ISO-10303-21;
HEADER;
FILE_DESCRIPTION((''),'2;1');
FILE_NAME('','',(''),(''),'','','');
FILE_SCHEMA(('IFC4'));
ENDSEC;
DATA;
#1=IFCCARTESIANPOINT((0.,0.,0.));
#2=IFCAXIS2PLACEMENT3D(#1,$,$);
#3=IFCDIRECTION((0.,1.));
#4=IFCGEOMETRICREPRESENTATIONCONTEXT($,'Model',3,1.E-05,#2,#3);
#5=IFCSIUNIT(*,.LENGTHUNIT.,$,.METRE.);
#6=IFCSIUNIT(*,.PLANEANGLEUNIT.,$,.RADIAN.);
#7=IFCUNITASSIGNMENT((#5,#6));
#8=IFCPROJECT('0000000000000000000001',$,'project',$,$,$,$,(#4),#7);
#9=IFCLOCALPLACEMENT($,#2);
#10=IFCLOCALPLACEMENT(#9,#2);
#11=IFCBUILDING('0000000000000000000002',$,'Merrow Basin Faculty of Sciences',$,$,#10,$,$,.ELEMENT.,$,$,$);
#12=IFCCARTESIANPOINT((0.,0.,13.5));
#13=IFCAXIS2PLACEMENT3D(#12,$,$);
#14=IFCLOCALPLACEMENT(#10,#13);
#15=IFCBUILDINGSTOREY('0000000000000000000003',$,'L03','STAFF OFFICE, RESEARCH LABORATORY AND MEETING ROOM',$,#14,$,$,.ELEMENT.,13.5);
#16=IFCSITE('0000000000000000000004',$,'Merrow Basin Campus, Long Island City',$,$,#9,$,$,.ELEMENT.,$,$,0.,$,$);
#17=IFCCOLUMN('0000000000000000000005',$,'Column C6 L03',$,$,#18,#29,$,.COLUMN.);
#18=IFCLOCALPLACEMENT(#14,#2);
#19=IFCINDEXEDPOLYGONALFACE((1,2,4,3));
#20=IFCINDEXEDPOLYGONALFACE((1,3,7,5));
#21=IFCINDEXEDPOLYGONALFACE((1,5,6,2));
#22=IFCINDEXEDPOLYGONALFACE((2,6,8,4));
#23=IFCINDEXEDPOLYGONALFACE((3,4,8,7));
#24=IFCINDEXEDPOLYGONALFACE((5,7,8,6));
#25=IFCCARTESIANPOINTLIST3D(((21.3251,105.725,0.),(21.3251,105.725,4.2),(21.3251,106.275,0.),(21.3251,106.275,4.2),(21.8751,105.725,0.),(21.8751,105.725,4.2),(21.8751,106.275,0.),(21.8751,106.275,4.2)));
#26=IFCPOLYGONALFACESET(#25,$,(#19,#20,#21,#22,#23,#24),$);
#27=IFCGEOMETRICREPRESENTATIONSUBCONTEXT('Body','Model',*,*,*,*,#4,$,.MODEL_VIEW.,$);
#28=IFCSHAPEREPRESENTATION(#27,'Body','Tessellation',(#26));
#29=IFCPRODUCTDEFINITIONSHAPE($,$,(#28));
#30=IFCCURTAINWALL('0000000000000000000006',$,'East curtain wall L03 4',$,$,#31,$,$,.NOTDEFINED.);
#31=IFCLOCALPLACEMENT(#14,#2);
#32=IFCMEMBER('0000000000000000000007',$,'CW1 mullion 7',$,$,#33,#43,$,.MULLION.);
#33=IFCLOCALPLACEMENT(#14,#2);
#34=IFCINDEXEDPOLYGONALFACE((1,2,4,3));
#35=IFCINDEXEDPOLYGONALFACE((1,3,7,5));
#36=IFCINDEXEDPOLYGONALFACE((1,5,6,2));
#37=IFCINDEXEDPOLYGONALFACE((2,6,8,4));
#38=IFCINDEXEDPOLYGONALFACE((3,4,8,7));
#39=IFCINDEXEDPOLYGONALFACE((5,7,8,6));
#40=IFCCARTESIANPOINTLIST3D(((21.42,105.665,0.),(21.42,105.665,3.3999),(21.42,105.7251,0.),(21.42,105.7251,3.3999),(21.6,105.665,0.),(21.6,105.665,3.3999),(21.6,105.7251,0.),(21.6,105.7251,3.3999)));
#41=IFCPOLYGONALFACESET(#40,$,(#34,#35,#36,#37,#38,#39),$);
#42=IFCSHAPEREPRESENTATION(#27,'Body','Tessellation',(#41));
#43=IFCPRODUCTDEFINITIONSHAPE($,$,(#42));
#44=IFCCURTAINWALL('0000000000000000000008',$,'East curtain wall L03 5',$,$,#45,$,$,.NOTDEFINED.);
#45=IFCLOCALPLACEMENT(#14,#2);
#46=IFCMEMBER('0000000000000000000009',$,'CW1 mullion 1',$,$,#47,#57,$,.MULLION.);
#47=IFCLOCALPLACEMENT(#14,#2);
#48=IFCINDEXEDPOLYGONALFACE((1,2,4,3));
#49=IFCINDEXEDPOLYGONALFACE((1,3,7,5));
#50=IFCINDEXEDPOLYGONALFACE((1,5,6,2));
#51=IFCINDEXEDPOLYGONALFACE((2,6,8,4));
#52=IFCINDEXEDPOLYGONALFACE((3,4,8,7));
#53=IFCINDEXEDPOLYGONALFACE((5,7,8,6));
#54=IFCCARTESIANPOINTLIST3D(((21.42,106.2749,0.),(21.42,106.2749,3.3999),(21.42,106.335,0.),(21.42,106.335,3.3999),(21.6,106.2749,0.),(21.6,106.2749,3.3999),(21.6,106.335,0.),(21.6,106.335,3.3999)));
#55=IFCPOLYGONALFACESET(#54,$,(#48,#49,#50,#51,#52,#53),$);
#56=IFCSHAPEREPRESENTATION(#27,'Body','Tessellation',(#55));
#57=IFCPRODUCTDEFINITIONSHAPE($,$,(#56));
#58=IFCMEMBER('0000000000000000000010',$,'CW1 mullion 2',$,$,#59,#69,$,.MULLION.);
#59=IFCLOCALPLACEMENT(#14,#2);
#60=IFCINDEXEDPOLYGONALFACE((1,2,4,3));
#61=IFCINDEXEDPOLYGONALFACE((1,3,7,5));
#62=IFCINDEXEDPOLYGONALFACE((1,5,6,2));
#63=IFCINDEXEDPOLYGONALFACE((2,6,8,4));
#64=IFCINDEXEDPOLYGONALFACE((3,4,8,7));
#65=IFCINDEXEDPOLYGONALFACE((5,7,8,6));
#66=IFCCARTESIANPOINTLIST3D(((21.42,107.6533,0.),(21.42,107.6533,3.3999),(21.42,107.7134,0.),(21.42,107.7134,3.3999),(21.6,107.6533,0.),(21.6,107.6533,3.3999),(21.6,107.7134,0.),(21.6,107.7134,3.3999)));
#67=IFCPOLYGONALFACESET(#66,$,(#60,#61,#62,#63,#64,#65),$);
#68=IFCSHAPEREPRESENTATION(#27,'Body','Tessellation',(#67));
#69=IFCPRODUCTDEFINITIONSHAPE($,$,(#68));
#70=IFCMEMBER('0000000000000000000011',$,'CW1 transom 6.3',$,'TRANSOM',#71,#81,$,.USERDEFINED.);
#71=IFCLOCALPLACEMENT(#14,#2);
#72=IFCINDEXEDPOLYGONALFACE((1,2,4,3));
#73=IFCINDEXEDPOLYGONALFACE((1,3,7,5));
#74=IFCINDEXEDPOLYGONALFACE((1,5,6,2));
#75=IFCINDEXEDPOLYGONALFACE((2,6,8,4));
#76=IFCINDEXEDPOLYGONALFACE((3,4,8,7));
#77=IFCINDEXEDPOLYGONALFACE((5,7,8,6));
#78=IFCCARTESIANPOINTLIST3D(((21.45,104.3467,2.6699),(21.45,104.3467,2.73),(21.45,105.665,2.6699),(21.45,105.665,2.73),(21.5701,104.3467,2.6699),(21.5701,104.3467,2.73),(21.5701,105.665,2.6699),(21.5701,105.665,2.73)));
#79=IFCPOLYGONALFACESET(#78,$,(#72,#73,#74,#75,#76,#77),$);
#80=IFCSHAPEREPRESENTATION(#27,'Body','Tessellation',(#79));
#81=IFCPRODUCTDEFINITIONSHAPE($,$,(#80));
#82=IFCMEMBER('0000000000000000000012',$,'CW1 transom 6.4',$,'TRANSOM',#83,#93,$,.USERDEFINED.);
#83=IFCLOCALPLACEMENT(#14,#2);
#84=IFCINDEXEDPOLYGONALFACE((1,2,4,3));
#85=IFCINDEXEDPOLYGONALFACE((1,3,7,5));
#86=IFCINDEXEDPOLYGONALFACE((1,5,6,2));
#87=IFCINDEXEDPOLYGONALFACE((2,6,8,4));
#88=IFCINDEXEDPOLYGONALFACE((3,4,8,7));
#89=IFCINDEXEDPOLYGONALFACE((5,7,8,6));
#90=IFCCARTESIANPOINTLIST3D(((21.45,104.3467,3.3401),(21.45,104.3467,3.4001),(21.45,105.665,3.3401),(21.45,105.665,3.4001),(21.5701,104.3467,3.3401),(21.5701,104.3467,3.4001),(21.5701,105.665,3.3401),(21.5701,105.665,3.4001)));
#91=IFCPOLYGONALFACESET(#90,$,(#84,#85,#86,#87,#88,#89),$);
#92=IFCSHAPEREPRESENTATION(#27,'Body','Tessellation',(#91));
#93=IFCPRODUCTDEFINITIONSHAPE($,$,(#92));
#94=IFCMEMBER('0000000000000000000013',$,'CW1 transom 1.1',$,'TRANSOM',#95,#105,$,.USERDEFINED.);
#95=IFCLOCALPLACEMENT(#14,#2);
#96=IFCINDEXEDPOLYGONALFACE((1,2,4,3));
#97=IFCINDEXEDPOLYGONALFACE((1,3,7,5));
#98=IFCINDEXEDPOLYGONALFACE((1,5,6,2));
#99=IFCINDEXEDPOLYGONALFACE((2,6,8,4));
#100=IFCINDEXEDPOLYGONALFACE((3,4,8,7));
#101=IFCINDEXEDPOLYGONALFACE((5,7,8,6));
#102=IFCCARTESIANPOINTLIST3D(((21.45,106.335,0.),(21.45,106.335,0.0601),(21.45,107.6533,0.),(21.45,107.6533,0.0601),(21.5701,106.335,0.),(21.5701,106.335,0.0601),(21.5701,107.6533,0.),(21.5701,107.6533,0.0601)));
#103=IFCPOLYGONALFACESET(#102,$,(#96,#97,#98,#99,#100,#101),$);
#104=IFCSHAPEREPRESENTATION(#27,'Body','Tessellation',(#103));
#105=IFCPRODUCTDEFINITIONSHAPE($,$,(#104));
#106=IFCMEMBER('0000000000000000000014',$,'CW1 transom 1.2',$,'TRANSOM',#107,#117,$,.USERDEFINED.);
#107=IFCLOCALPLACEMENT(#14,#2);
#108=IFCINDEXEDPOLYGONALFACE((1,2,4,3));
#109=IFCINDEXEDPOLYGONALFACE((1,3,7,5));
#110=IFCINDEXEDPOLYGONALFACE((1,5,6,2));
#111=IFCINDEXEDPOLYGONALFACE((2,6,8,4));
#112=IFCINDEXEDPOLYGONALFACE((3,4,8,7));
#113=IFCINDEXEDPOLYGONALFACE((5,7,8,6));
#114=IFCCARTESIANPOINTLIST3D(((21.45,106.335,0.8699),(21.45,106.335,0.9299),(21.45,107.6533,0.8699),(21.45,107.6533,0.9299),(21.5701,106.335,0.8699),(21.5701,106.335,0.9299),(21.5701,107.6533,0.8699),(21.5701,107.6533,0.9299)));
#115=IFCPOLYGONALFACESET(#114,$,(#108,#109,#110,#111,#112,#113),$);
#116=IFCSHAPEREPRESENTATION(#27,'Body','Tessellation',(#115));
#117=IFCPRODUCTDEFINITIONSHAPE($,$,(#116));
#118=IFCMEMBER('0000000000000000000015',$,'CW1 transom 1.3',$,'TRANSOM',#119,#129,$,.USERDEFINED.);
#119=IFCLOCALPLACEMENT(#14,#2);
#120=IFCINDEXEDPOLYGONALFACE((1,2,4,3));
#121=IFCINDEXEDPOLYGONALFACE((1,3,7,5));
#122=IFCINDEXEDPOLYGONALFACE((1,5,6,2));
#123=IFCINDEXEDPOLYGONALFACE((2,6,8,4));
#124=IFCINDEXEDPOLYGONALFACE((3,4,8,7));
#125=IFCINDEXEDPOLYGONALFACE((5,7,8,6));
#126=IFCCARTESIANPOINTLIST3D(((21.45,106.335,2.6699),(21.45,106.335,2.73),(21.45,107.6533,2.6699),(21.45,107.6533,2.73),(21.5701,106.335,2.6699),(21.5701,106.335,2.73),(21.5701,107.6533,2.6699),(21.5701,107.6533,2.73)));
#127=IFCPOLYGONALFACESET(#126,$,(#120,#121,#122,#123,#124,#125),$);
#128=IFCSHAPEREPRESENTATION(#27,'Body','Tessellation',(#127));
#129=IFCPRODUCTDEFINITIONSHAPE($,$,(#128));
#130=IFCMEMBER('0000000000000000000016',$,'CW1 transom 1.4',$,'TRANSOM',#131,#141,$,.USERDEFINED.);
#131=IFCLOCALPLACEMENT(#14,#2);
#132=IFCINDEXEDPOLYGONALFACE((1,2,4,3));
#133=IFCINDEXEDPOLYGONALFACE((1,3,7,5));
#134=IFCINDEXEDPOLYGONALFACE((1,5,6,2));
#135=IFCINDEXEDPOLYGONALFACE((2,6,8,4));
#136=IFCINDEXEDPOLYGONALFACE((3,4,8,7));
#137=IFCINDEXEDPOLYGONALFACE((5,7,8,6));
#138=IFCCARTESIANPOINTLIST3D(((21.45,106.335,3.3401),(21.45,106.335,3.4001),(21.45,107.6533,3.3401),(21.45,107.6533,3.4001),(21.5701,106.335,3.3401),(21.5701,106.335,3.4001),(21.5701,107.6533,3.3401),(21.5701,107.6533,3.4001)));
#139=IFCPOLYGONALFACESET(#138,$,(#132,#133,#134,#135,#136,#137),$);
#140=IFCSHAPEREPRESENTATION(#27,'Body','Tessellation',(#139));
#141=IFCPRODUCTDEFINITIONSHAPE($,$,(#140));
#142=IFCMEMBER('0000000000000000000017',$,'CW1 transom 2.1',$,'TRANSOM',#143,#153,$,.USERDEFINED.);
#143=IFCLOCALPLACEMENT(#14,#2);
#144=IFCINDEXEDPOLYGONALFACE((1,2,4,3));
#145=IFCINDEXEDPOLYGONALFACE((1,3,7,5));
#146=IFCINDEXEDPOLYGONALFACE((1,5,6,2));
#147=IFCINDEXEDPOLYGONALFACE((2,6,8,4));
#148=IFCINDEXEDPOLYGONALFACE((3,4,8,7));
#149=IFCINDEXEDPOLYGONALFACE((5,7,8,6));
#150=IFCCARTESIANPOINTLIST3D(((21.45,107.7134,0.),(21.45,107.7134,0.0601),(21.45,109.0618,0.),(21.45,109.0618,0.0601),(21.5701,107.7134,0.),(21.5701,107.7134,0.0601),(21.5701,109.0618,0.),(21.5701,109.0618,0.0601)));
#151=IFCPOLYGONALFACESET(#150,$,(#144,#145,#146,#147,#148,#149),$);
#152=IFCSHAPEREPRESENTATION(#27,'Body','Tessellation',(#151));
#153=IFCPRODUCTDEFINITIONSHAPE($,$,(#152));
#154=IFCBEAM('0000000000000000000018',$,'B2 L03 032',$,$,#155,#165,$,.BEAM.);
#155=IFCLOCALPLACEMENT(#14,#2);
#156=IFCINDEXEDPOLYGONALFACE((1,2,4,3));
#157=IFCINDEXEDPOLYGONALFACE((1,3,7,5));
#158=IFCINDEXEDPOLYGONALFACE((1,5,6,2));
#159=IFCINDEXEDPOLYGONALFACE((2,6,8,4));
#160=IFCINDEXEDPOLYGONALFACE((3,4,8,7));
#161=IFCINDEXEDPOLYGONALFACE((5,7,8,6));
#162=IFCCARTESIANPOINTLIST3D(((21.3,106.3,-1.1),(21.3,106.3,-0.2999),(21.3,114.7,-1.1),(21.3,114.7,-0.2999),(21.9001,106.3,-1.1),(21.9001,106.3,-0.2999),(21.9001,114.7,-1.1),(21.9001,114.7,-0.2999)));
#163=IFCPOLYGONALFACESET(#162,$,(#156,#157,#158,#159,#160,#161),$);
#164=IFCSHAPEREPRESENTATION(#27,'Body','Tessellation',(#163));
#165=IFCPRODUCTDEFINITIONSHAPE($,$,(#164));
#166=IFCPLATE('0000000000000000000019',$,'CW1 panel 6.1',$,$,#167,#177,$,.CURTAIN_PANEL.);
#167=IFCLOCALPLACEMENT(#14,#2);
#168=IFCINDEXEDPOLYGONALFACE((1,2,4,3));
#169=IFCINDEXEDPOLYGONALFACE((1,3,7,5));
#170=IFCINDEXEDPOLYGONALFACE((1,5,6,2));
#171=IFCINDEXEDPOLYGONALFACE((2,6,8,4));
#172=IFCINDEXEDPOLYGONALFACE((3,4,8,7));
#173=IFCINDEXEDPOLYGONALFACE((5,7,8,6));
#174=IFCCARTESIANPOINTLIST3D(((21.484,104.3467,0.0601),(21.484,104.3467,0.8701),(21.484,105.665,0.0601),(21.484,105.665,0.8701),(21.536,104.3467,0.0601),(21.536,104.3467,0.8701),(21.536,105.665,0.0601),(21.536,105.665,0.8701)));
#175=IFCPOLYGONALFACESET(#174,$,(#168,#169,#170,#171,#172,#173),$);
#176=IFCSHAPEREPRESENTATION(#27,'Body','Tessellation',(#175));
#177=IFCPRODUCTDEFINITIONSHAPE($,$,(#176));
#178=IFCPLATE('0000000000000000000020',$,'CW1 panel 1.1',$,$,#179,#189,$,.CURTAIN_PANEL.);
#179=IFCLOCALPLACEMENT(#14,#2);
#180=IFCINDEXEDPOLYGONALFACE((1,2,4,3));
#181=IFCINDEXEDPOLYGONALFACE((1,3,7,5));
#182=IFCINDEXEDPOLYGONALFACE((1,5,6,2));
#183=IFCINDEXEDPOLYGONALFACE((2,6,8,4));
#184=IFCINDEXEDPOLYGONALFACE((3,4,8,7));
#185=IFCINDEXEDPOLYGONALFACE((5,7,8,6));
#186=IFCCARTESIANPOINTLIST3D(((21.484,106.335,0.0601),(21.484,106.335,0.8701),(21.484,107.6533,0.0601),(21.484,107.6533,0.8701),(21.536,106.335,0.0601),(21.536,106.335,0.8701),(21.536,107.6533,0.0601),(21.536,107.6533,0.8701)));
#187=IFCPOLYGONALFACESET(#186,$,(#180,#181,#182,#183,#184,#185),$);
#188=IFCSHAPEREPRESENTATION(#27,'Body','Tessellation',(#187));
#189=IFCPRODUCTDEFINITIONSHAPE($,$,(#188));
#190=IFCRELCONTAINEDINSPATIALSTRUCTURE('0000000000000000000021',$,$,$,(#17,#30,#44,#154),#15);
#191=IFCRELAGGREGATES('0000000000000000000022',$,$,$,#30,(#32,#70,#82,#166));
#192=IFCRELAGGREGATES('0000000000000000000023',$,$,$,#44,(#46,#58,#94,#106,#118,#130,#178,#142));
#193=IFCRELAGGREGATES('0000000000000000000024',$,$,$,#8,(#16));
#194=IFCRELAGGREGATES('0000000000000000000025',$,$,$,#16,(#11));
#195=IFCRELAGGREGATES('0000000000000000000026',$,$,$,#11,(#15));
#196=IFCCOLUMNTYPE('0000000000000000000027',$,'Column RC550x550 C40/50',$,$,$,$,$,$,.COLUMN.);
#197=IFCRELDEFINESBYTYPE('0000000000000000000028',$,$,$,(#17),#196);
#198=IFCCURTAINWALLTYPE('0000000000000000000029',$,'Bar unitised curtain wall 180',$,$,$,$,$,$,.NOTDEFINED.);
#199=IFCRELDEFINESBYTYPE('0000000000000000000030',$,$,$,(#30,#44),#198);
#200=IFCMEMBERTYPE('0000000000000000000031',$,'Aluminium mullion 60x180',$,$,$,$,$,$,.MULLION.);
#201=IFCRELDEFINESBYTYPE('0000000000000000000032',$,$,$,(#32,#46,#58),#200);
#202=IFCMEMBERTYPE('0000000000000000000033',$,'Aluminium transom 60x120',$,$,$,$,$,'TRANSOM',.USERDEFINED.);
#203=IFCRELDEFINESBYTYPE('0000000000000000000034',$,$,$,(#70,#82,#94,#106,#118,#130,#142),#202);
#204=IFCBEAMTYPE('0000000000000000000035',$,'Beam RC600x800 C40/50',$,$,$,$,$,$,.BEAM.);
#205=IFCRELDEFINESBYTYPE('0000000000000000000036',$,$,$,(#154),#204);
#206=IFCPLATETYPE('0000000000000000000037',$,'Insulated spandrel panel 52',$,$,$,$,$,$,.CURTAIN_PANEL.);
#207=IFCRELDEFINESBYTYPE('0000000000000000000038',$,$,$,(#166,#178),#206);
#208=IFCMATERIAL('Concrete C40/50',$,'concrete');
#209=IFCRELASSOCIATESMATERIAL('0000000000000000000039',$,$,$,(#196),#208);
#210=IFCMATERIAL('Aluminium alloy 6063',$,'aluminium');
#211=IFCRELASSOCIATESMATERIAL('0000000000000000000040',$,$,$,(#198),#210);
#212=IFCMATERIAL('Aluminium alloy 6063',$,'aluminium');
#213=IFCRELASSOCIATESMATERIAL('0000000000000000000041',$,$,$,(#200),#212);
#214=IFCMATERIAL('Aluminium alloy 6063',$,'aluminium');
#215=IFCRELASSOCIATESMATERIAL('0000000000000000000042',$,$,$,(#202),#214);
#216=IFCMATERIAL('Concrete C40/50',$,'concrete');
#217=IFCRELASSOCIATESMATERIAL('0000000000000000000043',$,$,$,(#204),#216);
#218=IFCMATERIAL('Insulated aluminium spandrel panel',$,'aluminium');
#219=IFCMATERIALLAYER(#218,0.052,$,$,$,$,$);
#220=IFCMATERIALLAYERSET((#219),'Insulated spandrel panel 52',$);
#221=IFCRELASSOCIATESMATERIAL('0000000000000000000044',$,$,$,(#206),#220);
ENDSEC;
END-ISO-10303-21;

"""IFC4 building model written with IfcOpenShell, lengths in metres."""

from ifc_helpers import new_model, si_unit, direction, frame, origin, origin_2d, place, context, subcontext, project, spatial, rectangle, extrude, material, layer, layer_set, material_profile, profile_set, type_object, element, aggregate, save


model = new_model("IFC4")

# Units and contexts
model_context = context("Model", 3, precision=1e-05, world=origin(), true_north=direction((0.0, 1.0)))
body_context = subcontext(model_context, "Body", "Model", "MODEL_VIEW")
ifc_project = project(units=[si_unit("LENGTHUNIT", "METRE"), si_unit("PLANEANGLEUNIT", "RADIAN")], contexts=[model_context])

# Site, building, storey
site_placement = place(None, origin())
site = spatial("IfcSite", under=ifc_project, at=site_placement, Name="Merrow Basin Campus, Long Island City", CompositionType="ELEMENT", RefElevation=0.0)
building_placement = place(site_placement, origin())
building = spatial("IfcBuilding", under=site, at=building_placement, Name="Merrow Basin Faculty of Sciences", CompositionType="ELEMENT")
storey_placement = place(building_placement, frame((0.0, 0.0, 13.5)))
storey = spatial("IfcBuildingStorey", under=building, at=storey_placement, Name="L03", Description="STAFF OFFICE, RESEARCH LABORATORY AND MEETING ROOM", CompositionType="ELEMENT", Elevation=13.5)

# Column
ifc_material_1 = material(Name="Concrete C40/50", Category="concrete")
ifc_material_profile_1 = material_profile(ifc_material_1, rectangle(XDim=0.55, YDim=0.55, at=origin_2d()))
ifc_profile_set_1 = profile_set([ifc_material_profile_1], Name="Concrete C40/50")
column_type = type_object("IfcColumnType", Name="Column RC550x550 C40/50", PredefinedType="COLUMN", material=ifc_profile_set_1)
column_placement = place(storey_placement, frame((21.6001, 106.0, 0.0), z_axis=(0.0, 0.0, 1.0), x_axis=(1.0, 0.0, 0.0)))
element("IfcColumn", 1, at=column_placement, inside=storey, type_object=column_type, Name="Column C6 L03", PredefinedType="COLUMN", context=body_context, shape_type="SweptSolid", body=[
    extrude(rectangle(XDim=0.55, YDim=0.55, at=origin_2d()), origin(), (0.0, 0.0, 1.0), 4.2),
])

# Curtain wall, member
ifc_material_2 = material(Name="Aluminium alloy 6063", Category="aluminium")
curtain_wall_type = type_object("IfcCurtainWallType", Name="Bar unitised curtain wall 180", PredefinedType="NOTDEFINED", material=ifc_material_2)
curtain_wall_1_placement = place(storey_placement, origin())
curtain_wall_1 = element("IfcCurtainWall", 2, at=curtain_wall_1_placement, inside=storey, type_object=curtain_wall_type, Name="East curtain wall L03 4", PredefinedType="NOTDEFINED")
ifc_material_3 = material(Name="Aluminium alloy 6063", Category="aluminium")
ifc_material_profile_2 = material_profile(ifc_material_3, rectangle(XDim=0.1799, YDim=0.0601, at=origin_2d()))
ifc_profile_set_2 = profile_set([ifc_material_profile_2], Name="Aluminium alloy 6063")
member_type_1 = type_object("IfcMemberType", Name="Aluminium mullion 60x180", PredefinedType="MULLION", material=ifc_profile_set_2)
member_1_placement = place(storey_placement, frame((21.51, 105.6951, 0.0), z_axis=(0.0, 0.0, 1.0), x_axis=(-1.0, 0.0, 0.0)))
member_1 = element("IfcMember", 3, at=member_1_placement, type_object=member_type_1, Name="CW1 mullion 7", PredefinedType="MULLION", context=body_context, shape_type="SweptSolid", body=[
    extrude(rectangle(XDim=0.1799, YDim=0.0601, at=origin_2d()), origin(), (0.0, 0.0, 1.0), 3.3999),
])

# Curtain wall, members
curtain_wall_2_placement = place(storey_placement, origin())
curtain_wall_2 = element("IfcCurtainWall", 4, at=curtain_wall_2_placement, inside=storey, type_object=curtain_wall_type, Name="East curtain wall L03 5", PredefinedType="NOTDEFINED")
member_2_placement = place(storey_placement, frame((21.51, 106.3049, 0.0), z_axis=(0.0, 0.0, 1.0), x_axis=(-1.0, 0.0, 0.0)))
member_2 = element("IfcMember", 5, at=member_2_placement, type_object=member_type_1, Name="CW1 mullion 1", PredefinedType="MULLION", context=body_context, shape_type="SweptSolid", body=[
    extrude(rectangle(XDim=0.1799, YDim=0.0601, at=origin_2d()), origin(), (0.0, 0.0, 1.0), 3.3999),
])
member_3_placement = place(storey_placement, frame((21.51, 107.6833, 0.0), z_axis=(0.0, 0.0, 1.0), x_axis=(-1.0, 0.0, 0.0)))
member_3 = element("IfcMember", 6, at=member_3_placement, type_object=member_type_1, Name="CW1 mullion 2", PredefinedType="MULLION", context=body_context, shape_type="SweptSolid", body=[
    extrude(rectangle(XDim=0.1799, YDim=0.0601, at=origin_2d()), origin(), (0.0, 0.0, 1.0), 3.3999),
])

# Members
ifc_material_4 = material(Name="Aluminium alloy 6063", Category="aluminium")
ifc_material_profile_3 = material_profile(ifc_material_4, rectangle(XDim=0.1201, YDim=0.0601, at=origin_2d()))
ifc_profile_set_3 = profile_set([ifc_material_profile_3], Name="Aluminium alloy 6063")
member_type_2 = type_object("IfcMemberType", Name="Aluminium transom 60x120", ElementType="TRANSOM", PredefinedType="USERDEFINED", material=ifc_profile_set_3)
member_4_placement = place(storey_placement, frame((21.51, 104.3467, 2.7), z_axis=(0.0, 1.0, 0.0), x_axis=(-1.0, 0.0, 0.0)))
member_4 = element("IfcMember", 7, at=member_4_placement, type_object=member_type_2, Name="CW1 transom 6.3", ObjectType="TRANSOM", PredefinedType="USERDEFINED", context=body_context, shape_type="SweptSolid", body=[
    extrude(rectangle(XDim=0.1201, YDim=0.0601, at=origin_2d()), origin(), (0.0, 0.0, 1.0), 1.3184),
])
member_5_placement = place(storey_placement, frame((21.51, 104.3467, 3.3701), z_axis=(0.0, 1.0, 0.0), x_axis=(-1.0, 0.0, 0.0)))
member_5 = element("IfcMember", 8, at=member_5_placement, type_object=member_type_2, Name="CW1 transom 6.4", ObjectType="TRANSOM", PredefinedType="USERDEFINED", context=body_context, shape_type="SweptSolid", body=[
    extrude(rectangle(XDim=0.1201, YDim=0.0601, at=origin_2d()), origin(), (0.0, 0.0, 1.0), 1.3184),
])
member_6_placement = place(storey_placement, frame((21.51, 106.335, 0.03), z_axis=(0.0, 1.0, 0.0), x_axis=(-1.0, 0.0, 0.0)))
member_6 = element("IfcMember", 9, at=member_6_placement, type_object=member_type_2, Name="CW1 transom 1.1", ObjectType="TRANSOM", PredefinedType="USERDEFINED", context=body_context, shape_type="SweptSolid", body=[
    extrude(rectangle(XDim=0.1201, YDim=0.0601, at=origin_2d()), origin(), (0.0, 0.0, 1.0), 1.3184),
])
member_7_placement = place(storey_placement, frame((21.51, 106.335, 0.8999), z_axis=(0.0, 1.0, 0.0), x_axis=(-1.0, 0.0, 0.0)))
member_7 = element("IfcMember", 10, at=member_7_placement, type_object=member_type_2, Name="CW1 transom 1.2", ObjectType="TRANSOM", PredefinedType="USERDEFINED", context=body_context, shape_type="SweptSolid", body=[
    extrude(rectangle(XDim=0.1201, YDim=0.0601, at=origin_2d()), origin(), (0.0, 0.0, 1.0), 1.3184),
])
member_8_placement = place(storey_placement, frame((21.51, 106.335, 2.7), z_axis=(0.0, 1.0, 0.0), x_axis=(-1.0, 0.0, 0.0)))
member_8 = element("IfcMember", 11, at=member_8_placement, type_object=member_type_2, Name="CW1 transom 1.3", ObjectType="TRANSOM", PredefinedType="USERDEFINED", context=body_context, shape_type="SweptSolid", body=[
    extrude(rectangle(XDim=0.1201, YDim=0.0601, at=origin_2d()), origin(), (0.0, 0.0, 1.0), 1.3184),
])
member_9_placement = place(storey_placement, frame((21.51, 106.335, 3.3701), z_axis=(0.0, 1.0, 0.0), x_axis=(-1.0, 0.0, 0.0)))
member_9 = element("IfcMember", 12, at=member_9_placement, type_object=member_type_2, Name="CW1 transom 1.4", ObjectType="TRANSOM", PredefinedType="USERDEFINED", context=body_context, shape_type="SweptSolid", body=[
    extrude(rectangle(XDim=0.1201, YDim=0.0601, at=origin_2d()), origin(), (0.0, 0.0, 1.0), 1.3184),
])
member_10_placement = place(storey_placement, frame((21.51, 107.7134, 0.03), z_axis=(0.0, 1.0, 0.0), x_axis=(-1.0, 0.0, 0.0)))
member_10 = element("IfcMember", 13, at=member_10_placement, type_object=member_type_2, Name="CW1 transom 2.1", ObjectType="TRANSOM", PredefinedType="USERDEFINED", context=body_context, shape_type="SweptSolid", body=[
    extrude(rectangle(XDim=0.1201, YDim=0.0601, at=origin_2d()), origin(), (0.0, 0.0, 1.0), 1.3484),
])

# Beam
ifc_material_5 = material(Name="Concrete C40/50", Category="concrete")
ifc_material_profile_4 = material_profile(ifc_material_5, rectangle(XDim=0.6001, YDim=0.8, at=origin_2d()))
ifc_profile_set_4 = profile_set([ifc_material_profile_4], Name="Concrete C40/50")
beam_type = type_object("IfcBeamType", Name="Beam RC600x800 C40/50", PredefinedType="BEAM", material=ifc_profile_set_4)
beam_placement = place(storey_placement, frame((21.6001, 106.3, -0.7), z_axis=(0.0, 1.0, 0.0), x_axis=(-1.0, 0.0, 0.0)))
element("IfcBeam", 14, at=beam_placement, inside=storey, type_object=beam_type, Name="B2 L03 032", PredefinedType="BEAM", context=body_context, shape_type="SweptSolid", body=[
    extrude(rectangle(XDim=0.6001, YDim=0.8, at=origin_2d()), origin(), (0.0, 0.0, 1.0), 8.3999),
])

# Plates
ifc_material_6 = material(Name="Insulated aluminium spandrel panel", Category="aluminium")
ifc_layer_1 = layer(ifc_material_6, 0.052)
ifc_layer_set_1 = layer_set([ifc_layer_1], Name="Insulated spandrel panel 52")
plate_type_1 = type_object("IfcPlateType", Name="Insulated spandrel panel 52", PredefinedType="CURTAIN_PANEL", material=ifc_layer_set_1)
plate_1_placement = place(storey_placement, frame((21.51, 105.0059, 0.0601), z_axis=(0.0, 0.0, 1.0), x_axis=(0.0, 1.0, 0.0)))
plate_1 = element("IfcPlate", 15, at=plate_1_placement, type_object=plate_type_1, Name="CW1 panel 6.1", PredefinedType="CURTAIN_PANEL", context=body_context, shape_type="SweptSolid", body=[
    extrude(rectangle(XDim=1.3184, YDim=0.052, at=origin_2d()), origin(), (0.0, 0.0, 1.0), 0.8101),
])
plate_2_placement = place(storey_placement, frame((21.51, 106.9941, 0.0601), z_axis=(0.0, 0.0, 1.0), x_axis=(0.0, 1.0, 0.0)))
plate_2 = element("IfcPlate", 16, at=plate_2_placement, type_object=plate_type_1, Name="CW1 panel 1.1", PredefinedType="CURTAIN_PANEL", context=body_context, shape_type="SweptSolid", body=[
    extrude(rectangle(XDim=1.3184, YDim=0.052, at=origin_2d()), origin(), (0.0, 0.0, 1.0), 0.8101),
])
aggregate(curtain_wall_1, [member_1, member_4, member_5, plate_1])
aggregate(curtain_wall_2, [member_2, member_3, member_6, member_7, member_8, member_9, plate_2, member_10])

save(model, "model.ifc")
